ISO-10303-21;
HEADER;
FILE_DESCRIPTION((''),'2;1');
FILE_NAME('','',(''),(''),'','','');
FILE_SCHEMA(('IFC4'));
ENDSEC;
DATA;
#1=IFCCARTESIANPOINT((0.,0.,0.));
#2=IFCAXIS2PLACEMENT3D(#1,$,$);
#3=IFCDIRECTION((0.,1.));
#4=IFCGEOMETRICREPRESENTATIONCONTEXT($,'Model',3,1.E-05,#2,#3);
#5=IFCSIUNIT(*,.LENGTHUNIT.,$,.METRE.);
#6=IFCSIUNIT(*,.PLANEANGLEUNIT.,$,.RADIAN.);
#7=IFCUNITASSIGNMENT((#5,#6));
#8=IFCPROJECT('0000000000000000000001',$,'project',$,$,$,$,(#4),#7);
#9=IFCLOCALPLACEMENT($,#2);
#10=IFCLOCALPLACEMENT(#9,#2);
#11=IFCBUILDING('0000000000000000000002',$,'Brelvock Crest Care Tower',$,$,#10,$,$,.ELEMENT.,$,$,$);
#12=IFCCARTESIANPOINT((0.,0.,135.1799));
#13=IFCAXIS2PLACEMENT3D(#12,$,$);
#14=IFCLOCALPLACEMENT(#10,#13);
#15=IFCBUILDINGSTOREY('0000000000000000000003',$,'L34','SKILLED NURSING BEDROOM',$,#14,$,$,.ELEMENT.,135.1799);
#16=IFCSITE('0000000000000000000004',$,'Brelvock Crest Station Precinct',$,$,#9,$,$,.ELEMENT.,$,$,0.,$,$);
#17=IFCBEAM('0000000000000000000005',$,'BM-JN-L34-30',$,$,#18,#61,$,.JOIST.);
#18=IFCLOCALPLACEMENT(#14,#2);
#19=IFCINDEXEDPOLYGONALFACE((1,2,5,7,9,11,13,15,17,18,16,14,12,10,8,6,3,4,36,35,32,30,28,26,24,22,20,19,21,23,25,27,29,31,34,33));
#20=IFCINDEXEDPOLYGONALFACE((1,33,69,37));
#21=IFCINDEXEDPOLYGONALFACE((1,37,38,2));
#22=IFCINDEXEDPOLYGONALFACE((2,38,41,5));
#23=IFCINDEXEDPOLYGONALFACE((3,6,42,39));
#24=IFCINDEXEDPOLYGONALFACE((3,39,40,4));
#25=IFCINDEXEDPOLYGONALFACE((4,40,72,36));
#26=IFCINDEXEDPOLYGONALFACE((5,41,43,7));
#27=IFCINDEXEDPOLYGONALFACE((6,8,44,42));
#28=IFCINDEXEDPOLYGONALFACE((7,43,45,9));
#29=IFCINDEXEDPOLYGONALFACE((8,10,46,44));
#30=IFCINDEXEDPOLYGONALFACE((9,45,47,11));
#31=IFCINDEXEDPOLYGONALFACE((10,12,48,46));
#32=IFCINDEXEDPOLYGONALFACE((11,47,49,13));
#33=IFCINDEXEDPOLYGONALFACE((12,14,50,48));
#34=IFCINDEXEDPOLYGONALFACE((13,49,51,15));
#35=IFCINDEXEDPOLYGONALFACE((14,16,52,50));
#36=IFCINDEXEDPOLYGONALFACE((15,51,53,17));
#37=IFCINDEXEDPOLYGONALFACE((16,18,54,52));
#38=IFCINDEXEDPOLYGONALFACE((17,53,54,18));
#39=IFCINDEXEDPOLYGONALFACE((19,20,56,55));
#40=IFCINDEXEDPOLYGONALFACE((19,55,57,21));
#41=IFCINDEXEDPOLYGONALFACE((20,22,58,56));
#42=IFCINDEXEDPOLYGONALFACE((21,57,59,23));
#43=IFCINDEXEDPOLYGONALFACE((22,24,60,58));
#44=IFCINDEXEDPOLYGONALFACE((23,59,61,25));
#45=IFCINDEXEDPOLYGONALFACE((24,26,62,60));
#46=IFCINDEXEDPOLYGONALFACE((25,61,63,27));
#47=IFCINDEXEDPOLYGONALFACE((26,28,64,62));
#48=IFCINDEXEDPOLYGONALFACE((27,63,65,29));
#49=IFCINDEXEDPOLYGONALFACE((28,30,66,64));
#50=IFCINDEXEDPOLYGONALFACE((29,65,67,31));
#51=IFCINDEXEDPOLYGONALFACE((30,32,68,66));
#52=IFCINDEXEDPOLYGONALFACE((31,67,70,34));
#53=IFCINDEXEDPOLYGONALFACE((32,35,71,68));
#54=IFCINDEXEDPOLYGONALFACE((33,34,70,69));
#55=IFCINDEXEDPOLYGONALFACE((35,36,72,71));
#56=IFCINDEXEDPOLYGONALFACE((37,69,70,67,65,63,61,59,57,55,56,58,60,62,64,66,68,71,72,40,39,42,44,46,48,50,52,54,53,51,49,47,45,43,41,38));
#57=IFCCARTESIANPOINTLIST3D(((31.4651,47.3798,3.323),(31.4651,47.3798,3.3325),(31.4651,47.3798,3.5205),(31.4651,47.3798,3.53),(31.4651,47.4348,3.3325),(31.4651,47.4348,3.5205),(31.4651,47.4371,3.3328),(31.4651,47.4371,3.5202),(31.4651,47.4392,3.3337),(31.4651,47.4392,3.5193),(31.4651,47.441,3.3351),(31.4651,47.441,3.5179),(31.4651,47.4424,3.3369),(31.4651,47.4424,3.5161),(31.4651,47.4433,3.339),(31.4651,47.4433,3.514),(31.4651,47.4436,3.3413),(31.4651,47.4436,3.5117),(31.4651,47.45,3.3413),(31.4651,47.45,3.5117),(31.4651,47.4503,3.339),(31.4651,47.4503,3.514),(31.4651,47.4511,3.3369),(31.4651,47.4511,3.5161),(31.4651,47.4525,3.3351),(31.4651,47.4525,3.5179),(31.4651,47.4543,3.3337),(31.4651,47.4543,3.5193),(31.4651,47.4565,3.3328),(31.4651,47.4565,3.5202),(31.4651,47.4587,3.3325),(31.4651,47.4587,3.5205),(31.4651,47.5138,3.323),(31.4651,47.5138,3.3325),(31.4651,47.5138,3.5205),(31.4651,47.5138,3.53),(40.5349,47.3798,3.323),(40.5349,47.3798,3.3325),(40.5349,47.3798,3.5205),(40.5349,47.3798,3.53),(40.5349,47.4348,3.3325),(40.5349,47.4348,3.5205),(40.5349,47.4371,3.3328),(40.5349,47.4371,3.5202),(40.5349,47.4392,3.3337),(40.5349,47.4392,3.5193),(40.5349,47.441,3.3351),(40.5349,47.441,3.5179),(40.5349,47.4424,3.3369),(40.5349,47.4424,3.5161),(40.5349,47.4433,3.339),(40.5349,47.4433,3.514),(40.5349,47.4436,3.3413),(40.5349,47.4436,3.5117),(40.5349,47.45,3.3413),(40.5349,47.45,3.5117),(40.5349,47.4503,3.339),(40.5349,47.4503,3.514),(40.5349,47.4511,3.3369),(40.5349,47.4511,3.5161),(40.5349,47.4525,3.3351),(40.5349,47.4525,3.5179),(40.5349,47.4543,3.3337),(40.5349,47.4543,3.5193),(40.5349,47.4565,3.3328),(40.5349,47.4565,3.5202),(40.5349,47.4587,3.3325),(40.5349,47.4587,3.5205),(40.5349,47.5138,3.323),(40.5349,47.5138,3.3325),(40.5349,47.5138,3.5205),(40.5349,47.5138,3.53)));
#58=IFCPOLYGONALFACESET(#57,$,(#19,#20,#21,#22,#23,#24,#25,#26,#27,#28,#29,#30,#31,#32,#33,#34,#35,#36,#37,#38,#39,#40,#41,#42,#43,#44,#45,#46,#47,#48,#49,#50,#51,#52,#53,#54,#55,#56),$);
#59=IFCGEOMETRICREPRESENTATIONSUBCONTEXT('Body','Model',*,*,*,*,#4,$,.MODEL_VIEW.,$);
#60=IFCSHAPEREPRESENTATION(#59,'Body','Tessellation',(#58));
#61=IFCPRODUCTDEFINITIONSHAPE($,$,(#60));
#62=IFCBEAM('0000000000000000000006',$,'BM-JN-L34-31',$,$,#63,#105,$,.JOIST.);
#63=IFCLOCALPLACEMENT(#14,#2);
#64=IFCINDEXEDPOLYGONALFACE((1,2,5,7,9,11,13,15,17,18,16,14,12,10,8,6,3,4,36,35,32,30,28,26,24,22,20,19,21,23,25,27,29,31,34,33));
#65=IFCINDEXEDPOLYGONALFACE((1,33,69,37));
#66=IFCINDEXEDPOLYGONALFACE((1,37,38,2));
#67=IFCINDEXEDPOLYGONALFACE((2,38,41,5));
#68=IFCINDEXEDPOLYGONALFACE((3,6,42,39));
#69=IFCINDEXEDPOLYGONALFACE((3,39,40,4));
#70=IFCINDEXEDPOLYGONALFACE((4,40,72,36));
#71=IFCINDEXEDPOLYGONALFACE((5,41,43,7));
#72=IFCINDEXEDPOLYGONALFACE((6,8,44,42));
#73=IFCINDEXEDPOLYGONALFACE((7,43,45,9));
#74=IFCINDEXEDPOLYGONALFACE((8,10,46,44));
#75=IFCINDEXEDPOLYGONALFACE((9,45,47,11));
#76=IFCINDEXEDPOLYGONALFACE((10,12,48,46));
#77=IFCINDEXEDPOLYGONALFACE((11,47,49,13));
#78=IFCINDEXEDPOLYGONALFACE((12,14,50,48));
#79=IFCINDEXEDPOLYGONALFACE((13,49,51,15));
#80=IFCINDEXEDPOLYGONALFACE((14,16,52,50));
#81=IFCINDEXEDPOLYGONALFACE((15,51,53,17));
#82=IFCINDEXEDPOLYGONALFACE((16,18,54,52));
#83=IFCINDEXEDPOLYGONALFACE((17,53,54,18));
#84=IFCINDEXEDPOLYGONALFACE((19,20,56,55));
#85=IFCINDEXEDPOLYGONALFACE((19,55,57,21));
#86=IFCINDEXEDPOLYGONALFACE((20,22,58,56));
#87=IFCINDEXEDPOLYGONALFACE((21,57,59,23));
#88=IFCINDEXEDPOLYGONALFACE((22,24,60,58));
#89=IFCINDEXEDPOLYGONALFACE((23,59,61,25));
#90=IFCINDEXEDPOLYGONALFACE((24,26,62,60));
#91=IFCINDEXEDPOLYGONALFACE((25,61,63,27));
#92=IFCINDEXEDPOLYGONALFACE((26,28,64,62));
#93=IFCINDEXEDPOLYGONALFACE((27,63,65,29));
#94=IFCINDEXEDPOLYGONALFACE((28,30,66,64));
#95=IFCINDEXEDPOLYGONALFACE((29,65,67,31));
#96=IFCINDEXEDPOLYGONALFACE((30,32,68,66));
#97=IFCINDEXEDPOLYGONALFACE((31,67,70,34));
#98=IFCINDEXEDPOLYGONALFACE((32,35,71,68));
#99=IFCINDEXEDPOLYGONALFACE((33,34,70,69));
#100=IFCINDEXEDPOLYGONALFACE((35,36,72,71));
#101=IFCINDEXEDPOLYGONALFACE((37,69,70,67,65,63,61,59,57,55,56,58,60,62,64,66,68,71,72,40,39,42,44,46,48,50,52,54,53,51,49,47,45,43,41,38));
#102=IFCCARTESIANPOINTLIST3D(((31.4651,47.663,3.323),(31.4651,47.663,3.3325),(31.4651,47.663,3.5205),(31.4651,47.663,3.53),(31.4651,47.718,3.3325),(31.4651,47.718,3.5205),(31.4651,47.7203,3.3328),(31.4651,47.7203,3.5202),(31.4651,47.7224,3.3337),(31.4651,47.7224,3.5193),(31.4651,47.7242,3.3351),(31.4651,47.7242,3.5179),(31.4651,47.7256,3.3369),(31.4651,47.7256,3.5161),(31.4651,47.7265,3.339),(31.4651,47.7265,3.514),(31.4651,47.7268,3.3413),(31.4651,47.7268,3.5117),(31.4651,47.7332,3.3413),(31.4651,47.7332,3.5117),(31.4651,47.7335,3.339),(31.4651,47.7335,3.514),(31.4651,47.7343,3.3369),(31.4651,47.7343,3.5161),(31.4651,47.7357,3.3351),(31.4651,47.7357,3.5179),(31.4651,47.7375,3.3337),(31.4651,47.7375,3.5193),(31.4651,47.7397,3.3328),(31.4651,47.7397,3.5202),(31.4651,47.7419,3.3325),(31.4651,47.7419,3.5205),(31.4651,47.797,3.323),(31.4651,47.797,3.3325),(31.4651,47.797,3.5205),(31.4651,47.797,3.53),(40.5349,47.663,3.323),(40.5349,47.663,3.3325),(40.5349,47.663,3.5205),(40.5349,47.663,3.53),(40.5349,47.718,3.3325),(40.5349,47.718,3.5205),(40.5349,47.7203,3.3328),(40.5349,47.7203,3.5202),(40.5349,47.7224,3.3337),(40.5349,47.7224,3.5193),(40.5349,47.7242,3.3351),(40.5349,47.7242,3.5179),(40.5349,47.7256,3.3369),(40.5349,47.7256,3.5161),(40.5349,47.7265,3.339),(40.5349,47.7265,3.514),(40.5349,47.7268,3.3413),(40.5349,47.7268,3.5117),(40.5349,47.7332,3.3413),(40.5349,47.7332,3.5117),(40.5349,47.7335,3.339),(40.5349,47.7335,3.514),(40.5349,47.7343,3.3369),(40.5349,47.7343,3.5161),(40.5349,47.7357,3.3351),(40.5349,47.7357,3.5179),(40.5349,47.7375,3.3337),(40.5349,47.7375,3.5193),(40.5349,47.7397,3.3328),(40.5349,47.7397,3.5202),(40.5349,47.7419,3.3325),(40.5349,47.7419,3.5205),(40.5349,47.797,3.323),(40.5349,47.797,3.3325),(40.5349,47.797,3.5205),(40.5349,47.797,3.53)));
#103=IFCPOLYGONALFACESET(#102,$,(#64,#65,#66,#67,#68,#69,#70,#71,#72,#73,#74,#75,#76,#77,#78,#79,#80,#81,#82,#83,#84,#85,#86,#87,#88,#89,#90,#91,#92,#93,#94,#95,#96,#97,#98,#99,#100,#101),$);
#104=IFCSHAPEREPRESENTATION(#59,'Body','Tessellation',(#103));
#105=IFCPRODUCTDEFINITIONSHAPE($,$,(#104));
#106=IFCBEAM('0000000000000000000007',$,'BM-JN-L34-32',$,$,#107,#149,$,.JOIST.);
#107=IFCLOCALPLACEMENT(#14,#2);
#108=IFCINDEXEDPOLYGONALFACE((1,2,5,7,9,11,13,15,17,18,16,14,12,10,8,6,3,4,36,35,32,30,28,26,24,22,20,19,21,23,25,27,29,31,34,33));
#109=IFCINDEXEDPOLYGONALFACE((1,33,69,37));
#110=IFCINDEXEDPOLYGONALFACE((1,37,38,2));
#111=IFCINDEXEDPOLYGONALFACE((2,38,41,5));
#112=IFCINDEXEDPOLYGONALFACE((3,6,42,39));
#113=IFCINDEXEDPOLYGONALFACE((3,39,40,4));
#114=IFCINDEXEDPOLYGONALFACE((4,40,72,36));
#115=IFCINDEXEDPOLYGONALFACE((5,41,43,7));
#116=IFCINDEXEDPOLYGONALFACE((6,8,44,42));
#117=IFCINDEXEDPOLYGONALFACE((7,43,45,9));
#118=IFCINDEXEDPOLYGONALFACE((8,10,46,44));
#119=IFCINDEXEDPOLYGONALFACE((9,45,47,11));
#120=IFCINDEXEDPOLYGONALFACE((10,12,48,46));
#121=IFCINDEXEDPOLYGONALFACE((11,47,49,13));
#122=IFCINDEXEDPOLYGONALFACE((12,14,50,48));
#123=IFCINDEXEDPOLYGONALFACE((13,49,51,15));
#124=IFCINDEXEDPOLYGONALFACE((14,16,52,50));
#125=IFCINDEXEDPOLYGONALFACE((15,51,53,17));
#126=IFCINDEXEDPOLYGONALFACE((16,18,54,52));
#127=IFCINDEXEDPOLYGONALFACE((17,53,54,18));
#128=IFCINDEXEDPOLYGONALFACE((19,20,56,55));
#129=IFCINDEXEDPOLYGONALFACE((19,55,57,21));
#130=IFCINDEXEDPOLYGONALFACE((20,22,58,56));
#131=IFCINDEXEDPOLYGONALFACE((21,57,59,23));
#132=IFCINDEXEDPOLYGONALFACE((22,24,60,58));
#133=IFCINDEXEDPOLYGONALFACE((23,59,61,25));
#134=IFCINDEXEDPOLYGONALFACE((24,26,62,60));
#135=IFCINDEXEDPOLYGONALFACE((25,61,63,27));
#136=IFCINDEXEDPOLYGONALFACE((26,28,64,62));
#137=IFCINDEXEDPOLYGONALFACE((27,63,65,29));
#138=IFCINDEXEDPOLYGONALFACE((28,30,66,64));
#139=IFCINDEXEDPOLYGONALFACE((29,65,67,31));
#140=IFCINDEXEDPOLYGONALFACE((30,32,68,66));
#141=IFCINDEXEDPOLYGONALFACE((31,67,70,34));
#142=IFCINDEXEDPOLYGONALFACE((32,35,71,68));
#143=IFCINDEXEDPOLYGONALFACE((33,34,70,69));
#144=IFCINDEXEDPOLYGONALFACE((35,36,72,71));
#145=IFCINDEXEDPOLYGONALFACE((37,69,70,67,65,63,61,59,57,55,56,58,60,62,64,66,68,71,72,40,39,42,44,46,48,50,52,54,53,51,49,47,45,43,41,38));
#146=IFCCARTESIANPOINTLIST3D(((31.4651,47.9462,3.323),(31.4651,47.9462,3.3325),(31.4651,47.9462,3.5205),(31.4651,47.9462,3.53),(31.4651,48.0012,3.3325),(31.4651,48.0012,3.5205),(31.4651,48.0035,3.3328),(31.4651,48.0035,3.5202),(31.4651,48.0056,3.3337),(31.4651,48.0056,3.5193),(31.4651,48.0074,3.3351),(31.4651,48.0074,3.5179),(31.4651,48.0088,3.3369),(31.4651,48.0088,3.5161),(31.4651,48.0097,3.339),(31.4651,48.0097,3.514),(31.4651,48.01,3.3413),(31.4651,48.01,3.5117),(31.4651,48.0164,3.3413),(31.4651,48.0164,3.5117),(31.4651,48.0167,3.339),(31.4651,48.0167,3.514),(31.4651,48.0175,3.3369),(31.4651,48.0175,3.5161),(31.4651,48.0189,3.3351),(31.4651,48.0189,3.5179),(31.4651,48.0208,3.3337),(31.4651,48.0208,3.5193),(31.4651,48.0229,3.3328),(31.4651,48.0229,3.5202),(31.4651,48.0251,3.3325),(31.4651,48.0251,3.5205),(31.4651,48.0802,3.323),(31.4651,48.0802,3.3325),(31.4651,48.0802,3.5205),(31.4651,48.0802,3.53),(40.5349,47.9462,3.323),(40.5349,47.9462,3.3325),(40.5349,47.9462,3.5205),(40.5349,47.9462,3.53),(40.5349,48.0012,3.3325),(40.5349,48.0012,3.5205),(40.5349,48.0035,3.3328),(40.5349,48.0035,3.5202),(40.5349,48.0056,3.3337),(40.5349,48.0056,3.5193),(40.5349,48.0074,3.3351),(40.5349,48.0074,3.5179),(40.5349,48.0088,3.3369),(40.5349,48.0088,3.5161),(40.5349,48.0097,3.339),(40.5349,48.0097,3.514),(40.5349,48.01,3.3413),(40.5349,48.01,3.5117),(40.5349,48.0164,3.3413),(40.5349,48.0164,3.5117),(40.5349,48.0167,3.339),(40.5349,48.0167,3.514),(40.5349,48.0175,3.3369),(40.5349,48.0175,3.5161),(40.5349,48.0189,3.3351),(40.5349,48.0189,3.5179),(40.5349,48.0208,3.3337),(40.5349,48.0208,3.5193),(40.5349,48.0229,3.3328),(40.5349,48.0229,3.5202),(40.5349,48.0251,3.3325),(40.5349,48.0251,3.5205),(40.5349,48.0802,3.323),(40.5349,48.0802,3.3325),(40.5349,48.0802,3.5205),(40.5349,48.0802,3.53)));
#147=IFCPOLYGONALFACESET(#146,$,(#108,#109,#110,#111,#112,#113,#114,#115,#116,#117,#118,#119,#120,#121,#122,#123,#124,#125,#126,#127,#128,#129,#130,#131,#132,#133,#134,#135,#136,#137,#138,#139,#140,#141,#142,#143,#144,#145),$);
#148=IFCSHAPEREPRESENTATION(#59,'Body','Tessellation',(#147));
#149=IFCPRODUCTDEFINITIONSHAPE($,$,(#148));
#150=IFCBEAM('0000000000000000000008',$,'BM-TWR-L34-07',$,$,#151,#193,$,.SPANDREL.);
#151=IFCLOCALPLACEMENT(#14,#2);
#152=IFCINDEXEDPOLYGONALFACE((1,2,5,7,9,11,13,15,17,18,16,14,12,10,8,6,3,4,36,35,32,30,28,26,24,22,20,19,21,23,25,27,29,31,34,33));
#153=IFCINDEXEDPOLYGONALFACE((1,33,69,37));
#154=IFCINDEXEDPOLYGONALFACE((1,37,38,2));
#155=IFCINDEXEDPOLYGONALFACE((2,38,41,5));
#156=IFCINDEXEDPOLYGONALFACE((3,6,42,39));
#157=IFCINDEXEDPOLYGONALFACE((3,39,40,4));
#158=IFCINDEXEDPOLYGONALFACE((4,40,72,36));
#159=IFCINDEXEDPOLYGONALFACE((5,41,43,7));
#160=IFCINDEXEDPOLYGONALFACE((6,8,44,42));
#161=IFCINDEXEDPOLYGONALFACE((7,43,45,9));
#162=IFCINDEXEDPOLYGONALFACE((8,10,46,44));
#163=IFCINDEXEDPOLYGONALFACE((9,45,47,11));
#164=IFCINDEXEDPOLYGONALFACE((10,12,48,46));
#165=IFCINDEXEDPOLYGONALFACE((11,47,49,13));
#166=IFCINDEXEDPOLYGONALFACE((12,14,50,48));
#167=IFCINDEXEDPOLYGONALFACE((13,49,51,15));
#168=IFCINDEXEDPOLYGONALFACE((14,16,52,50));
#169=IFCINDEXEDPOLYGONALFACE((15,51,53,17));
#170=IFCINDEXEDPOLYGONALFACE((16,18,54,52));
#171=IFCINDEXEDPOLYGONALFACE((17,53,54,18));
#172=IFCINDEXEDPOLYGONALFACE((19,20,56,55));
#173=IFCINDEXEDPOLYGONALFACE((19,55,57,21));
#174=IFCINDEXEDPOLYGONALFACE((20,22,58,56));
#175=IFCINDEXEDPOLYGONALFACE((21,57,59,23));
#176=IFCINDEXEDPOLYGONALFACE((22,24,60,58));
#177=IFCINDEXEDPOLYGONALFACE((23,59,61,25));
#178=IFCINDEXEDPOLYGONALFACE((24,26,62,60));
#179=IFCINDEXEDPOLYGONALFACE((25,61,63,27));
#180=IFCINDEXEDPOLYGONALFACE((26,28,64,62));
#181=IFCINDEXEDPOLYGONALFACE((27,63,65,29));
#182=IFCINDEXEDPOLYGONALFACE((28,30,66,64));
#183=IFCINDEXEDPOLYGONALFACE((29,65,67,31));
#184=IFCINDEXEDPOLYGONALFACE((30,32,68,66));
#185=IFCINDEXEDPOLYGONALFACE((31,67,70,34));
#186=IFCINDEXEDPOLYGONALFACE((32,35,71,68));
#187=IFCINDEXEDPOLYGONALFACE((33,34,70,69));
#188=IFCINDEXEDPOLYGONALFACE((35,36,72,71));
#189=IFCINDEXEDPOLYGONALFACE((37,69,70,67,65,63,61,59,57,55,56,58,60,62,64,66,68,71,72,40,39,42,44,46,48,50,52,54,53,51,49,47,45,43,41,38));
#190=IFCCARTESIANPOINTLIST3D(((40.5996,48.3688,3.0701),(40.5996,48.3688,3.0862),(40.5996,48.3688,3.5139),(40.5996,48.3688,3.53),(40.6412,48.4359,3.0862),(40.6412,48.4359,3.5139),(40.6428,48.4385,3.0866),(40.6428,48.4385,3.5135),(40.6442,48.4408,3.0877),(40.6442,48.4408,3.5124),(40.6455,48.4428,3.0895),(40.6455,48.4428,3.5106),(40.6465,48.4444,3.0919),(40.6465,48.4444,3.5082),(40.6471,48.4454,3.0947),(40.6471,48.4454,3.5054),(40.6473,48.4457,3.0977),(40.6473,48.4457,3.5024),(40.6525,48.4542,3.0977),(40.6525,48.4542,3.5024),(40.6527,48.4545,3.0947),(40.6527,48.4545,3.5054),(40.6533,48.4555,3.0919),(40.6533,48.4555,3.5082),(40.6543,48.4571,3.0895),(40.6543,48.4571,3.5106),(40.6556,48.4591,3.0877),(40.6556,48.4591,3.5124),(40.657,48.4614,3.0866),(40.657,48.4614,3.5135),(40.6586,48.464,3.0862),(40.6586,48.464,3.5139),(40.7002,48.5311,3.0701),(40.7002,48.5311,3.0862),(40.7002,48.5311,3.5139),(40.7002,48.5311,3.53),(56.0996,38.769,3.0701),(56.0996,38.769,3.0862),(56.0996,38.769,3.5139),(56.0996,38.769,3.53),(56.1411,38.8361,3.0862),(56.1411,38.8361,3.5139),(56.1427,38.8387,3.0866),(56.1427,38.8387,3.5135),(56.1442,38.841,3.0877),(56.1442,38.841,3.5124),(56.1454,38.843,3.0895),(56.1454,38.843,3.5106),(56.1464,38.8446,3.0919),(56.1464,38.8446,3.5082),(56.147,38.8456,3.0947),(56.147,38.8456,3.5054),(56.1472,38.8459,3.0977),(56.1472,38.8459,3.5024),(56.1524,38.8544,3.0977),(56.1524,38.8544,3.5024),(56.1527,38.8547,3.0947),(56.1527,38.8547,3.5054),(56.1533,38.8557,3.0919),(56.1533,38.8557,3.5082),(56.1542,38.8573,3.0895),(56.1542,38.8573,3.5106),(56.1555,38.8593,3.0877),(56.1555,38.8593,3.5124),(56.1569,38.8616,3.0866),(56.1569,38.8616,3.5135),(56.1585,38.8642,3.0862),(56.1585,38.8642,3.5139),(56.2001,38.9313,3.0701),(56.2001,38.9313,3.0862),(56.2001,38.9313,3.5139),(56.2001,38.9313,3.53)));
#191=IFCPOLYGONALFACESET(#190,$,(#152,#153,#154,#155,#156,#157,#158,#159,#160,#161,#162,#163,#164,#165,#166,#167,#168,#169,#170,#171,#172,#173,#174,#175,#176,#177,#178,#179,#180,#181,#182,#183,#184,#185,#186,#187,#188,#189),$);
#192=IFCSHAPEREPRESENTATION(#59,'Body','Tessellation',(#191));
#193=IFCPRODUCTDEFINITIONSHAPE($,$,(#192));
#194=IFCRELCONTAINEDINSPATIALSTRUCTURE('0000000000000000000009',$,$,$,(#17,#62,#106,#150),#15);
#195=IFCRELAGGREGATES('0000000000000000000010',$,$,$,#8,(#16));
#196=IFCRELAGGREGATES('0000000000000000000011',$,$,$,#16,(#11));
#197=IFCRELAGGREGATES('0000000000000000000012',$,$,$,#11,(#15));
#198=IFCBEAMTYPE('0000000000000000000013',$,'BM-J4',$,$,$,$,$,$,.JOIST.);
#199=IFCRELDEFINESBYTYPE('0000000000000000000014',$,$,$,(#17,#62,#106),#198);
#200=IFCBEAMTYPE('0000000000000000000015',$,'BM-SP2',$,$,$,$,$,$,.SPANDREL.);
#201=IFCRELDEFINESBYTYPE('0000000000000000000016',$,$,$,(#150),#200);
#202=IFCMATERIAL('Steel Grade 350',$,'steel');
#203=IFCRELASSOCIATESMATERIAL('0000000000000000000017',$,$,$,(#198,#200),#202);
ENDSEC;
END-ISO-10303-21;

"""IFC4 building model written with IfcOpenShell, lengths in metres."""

from ifc_helpers import new_model, si_unit, direction, frame, origin, origin_2d, place, context, subcontext, project, spatial, i_section, extrude, source, transform, mapped, material, material_profile, profile_set, type_object, element, save


model = new_model("IFC4")

# Units and contexts
model_context = context("Model", 3, precision=1e-05, world=origin(), true_north=direction((0.0, 1.0)))
body_context = subcontext(model_context, "Body", "Model", "MODEL_VIEW")
ifc_project = project(units=[si_unit("LENGTHUNIT", "METRE"), si_unit("PLANEANGLEUNIT", "RADIAN")], contexts=[model_context])

# Site, building, storey
site_placement = place(None, origin())
site = spatial("IfcSite", under=ifc_project, at=site_placement, Name="Brelvock Crest Station Precinct", CompositionType="ELEMENT", RefElevation=0.0)
building_placement = place(site_placement, origin())
building = spatial("IfcBuilding", under=site, at=building_placement, Name="Brelvock Crest Care Tower", CompositionType="ELEMENT")
storey_placement = place(building_placement, frame((0.0, 0.0, 135.1799)))
storey = spatial("IfcBuildingStorey", under=building, at=storey_placement, Name="L34", Description="SKILLED NURSING BEDROOM", CompositionType="ELEMENT", Elevation=135.1799)

# Shared definitions
ifc_material_1 = material(Name="Steel Grade 350", Category="steel")

# Beams
ifc_material_profile_1 = material_profile(ifc_material_1, i_section(OverallWidth=0.134, OverallDepth=0.207, WebThickness=0.0063, FlangeThickness=0.0095, FilletRadius=0.0088, at=origin_2d()), Name="200UB29.8")
ifc_profile_set_1 = profile_set([ifc_material_profile_1], Name="Steel Grade 350")
beam_type_1 = type_object("IfcBeamType", Name="BM-J4", PredefinedType="JOIST", material=ifc_profile_set_1)
shared_shape_1 = source(origin(), body_context, "Body", "SweptSolid", [
    extrude(i_section(OverallWidth=0.134, OverallDepth=0.207, WebThickness=0.0063, FlangeThickness=0.0095, FilletRadius=0.0088, at=origin_2d()), origin(), (0.0, 0.0, 1.0), 9.0698),
])
for number, where, z_axis, x_axis, name in (
    (1, (31.4651, 47.4468, 3.4265), (1.0, 0.0, 0.0), (0.0, 1.0, 0.0), "BM-JN-L34-30"),
    (2, (31.4651, 47.73, 3.4265), (1.0, 0.0, 0.0), (0.0, 1.0, 0.0), "BM-JN-L34-31"),
    (3, (31.4651, 48.0132, 3.4265), (1.0, 0.0, 0.0), (0.0, 1.0, 0.0), "BM-JN-L34-32"),
):
    element("IfcBeam", number, at=place(storey_placement, frame(where, z_axis=z_axis, x_axis=x_axis)), inside=storey, type_object=beam_type_1, Name=name, PredefinedType="JOIST", context=body_context, shape_type="MappedRepresentation", body=[
        mapped(shared_shape_1, transform((0.0, 0.0, 0.0), x_axis=(1.0, 0.0, 0.0), y_axis=(0.0, 1.0, 0.0), z_axis=(0.0, 0.0, 1.0), scale=1.0)),
    ])
ifc_material_profile_2 = material_profile(ifc_material_1, i_section(OverallWidth=0.1909, OverallDepth=0.46, WebThickness=0.01, FlangeThickness=0.0161, FilletRadius=0.0115, at=origin_2d()), Name="460UB82.1")
ifc_profile_set_2 = profile_set([ifc_material_profile_2], Name="Steel Grade 350")
beam_type_2 = type_object("IfcBeamType", Name="BM-SP2", PredefinedType="SPANDREL", material=ifc_profile_set_2)
shared_shape_2 = source(origin(), body_context, "Body", "SweptSolid", [
    extrude(i_section(OverallWidth=0.1909, OverallDepth=0.46, WebThickness=0.01, FlangeThickness=0.0161, FilletRadius=0.0115, at=origin_2d()), origin(), (0.0, 0.0, 1.0), 18.2319),
])
beam_placement = place(storey_placement, frame((40.6499, 48.45, 3.3), z_axis=(0.850152, -0.526538, 0.0), x_axis=(0.526538, 0.850152, 0.0)))
element("IfcBeam", 4, at=beam_placement, inside=storey, type_object=beam_type_2, Name="BM-TWR-L34-07", PredefinedType="SPANDREL", context=body_context, shape_type="MappedRepresentation", body=[
    mapped(shared_shape_2, transform((0.0, 0.0, 0.0), x_axis=(1.0, 0.0, 0.0), y_axis=(0.0, 1.0, 0.0), z_axis=(0.0, 0.0, 1.0), scale=1.0)),
])

save(model, "model.ifc")
